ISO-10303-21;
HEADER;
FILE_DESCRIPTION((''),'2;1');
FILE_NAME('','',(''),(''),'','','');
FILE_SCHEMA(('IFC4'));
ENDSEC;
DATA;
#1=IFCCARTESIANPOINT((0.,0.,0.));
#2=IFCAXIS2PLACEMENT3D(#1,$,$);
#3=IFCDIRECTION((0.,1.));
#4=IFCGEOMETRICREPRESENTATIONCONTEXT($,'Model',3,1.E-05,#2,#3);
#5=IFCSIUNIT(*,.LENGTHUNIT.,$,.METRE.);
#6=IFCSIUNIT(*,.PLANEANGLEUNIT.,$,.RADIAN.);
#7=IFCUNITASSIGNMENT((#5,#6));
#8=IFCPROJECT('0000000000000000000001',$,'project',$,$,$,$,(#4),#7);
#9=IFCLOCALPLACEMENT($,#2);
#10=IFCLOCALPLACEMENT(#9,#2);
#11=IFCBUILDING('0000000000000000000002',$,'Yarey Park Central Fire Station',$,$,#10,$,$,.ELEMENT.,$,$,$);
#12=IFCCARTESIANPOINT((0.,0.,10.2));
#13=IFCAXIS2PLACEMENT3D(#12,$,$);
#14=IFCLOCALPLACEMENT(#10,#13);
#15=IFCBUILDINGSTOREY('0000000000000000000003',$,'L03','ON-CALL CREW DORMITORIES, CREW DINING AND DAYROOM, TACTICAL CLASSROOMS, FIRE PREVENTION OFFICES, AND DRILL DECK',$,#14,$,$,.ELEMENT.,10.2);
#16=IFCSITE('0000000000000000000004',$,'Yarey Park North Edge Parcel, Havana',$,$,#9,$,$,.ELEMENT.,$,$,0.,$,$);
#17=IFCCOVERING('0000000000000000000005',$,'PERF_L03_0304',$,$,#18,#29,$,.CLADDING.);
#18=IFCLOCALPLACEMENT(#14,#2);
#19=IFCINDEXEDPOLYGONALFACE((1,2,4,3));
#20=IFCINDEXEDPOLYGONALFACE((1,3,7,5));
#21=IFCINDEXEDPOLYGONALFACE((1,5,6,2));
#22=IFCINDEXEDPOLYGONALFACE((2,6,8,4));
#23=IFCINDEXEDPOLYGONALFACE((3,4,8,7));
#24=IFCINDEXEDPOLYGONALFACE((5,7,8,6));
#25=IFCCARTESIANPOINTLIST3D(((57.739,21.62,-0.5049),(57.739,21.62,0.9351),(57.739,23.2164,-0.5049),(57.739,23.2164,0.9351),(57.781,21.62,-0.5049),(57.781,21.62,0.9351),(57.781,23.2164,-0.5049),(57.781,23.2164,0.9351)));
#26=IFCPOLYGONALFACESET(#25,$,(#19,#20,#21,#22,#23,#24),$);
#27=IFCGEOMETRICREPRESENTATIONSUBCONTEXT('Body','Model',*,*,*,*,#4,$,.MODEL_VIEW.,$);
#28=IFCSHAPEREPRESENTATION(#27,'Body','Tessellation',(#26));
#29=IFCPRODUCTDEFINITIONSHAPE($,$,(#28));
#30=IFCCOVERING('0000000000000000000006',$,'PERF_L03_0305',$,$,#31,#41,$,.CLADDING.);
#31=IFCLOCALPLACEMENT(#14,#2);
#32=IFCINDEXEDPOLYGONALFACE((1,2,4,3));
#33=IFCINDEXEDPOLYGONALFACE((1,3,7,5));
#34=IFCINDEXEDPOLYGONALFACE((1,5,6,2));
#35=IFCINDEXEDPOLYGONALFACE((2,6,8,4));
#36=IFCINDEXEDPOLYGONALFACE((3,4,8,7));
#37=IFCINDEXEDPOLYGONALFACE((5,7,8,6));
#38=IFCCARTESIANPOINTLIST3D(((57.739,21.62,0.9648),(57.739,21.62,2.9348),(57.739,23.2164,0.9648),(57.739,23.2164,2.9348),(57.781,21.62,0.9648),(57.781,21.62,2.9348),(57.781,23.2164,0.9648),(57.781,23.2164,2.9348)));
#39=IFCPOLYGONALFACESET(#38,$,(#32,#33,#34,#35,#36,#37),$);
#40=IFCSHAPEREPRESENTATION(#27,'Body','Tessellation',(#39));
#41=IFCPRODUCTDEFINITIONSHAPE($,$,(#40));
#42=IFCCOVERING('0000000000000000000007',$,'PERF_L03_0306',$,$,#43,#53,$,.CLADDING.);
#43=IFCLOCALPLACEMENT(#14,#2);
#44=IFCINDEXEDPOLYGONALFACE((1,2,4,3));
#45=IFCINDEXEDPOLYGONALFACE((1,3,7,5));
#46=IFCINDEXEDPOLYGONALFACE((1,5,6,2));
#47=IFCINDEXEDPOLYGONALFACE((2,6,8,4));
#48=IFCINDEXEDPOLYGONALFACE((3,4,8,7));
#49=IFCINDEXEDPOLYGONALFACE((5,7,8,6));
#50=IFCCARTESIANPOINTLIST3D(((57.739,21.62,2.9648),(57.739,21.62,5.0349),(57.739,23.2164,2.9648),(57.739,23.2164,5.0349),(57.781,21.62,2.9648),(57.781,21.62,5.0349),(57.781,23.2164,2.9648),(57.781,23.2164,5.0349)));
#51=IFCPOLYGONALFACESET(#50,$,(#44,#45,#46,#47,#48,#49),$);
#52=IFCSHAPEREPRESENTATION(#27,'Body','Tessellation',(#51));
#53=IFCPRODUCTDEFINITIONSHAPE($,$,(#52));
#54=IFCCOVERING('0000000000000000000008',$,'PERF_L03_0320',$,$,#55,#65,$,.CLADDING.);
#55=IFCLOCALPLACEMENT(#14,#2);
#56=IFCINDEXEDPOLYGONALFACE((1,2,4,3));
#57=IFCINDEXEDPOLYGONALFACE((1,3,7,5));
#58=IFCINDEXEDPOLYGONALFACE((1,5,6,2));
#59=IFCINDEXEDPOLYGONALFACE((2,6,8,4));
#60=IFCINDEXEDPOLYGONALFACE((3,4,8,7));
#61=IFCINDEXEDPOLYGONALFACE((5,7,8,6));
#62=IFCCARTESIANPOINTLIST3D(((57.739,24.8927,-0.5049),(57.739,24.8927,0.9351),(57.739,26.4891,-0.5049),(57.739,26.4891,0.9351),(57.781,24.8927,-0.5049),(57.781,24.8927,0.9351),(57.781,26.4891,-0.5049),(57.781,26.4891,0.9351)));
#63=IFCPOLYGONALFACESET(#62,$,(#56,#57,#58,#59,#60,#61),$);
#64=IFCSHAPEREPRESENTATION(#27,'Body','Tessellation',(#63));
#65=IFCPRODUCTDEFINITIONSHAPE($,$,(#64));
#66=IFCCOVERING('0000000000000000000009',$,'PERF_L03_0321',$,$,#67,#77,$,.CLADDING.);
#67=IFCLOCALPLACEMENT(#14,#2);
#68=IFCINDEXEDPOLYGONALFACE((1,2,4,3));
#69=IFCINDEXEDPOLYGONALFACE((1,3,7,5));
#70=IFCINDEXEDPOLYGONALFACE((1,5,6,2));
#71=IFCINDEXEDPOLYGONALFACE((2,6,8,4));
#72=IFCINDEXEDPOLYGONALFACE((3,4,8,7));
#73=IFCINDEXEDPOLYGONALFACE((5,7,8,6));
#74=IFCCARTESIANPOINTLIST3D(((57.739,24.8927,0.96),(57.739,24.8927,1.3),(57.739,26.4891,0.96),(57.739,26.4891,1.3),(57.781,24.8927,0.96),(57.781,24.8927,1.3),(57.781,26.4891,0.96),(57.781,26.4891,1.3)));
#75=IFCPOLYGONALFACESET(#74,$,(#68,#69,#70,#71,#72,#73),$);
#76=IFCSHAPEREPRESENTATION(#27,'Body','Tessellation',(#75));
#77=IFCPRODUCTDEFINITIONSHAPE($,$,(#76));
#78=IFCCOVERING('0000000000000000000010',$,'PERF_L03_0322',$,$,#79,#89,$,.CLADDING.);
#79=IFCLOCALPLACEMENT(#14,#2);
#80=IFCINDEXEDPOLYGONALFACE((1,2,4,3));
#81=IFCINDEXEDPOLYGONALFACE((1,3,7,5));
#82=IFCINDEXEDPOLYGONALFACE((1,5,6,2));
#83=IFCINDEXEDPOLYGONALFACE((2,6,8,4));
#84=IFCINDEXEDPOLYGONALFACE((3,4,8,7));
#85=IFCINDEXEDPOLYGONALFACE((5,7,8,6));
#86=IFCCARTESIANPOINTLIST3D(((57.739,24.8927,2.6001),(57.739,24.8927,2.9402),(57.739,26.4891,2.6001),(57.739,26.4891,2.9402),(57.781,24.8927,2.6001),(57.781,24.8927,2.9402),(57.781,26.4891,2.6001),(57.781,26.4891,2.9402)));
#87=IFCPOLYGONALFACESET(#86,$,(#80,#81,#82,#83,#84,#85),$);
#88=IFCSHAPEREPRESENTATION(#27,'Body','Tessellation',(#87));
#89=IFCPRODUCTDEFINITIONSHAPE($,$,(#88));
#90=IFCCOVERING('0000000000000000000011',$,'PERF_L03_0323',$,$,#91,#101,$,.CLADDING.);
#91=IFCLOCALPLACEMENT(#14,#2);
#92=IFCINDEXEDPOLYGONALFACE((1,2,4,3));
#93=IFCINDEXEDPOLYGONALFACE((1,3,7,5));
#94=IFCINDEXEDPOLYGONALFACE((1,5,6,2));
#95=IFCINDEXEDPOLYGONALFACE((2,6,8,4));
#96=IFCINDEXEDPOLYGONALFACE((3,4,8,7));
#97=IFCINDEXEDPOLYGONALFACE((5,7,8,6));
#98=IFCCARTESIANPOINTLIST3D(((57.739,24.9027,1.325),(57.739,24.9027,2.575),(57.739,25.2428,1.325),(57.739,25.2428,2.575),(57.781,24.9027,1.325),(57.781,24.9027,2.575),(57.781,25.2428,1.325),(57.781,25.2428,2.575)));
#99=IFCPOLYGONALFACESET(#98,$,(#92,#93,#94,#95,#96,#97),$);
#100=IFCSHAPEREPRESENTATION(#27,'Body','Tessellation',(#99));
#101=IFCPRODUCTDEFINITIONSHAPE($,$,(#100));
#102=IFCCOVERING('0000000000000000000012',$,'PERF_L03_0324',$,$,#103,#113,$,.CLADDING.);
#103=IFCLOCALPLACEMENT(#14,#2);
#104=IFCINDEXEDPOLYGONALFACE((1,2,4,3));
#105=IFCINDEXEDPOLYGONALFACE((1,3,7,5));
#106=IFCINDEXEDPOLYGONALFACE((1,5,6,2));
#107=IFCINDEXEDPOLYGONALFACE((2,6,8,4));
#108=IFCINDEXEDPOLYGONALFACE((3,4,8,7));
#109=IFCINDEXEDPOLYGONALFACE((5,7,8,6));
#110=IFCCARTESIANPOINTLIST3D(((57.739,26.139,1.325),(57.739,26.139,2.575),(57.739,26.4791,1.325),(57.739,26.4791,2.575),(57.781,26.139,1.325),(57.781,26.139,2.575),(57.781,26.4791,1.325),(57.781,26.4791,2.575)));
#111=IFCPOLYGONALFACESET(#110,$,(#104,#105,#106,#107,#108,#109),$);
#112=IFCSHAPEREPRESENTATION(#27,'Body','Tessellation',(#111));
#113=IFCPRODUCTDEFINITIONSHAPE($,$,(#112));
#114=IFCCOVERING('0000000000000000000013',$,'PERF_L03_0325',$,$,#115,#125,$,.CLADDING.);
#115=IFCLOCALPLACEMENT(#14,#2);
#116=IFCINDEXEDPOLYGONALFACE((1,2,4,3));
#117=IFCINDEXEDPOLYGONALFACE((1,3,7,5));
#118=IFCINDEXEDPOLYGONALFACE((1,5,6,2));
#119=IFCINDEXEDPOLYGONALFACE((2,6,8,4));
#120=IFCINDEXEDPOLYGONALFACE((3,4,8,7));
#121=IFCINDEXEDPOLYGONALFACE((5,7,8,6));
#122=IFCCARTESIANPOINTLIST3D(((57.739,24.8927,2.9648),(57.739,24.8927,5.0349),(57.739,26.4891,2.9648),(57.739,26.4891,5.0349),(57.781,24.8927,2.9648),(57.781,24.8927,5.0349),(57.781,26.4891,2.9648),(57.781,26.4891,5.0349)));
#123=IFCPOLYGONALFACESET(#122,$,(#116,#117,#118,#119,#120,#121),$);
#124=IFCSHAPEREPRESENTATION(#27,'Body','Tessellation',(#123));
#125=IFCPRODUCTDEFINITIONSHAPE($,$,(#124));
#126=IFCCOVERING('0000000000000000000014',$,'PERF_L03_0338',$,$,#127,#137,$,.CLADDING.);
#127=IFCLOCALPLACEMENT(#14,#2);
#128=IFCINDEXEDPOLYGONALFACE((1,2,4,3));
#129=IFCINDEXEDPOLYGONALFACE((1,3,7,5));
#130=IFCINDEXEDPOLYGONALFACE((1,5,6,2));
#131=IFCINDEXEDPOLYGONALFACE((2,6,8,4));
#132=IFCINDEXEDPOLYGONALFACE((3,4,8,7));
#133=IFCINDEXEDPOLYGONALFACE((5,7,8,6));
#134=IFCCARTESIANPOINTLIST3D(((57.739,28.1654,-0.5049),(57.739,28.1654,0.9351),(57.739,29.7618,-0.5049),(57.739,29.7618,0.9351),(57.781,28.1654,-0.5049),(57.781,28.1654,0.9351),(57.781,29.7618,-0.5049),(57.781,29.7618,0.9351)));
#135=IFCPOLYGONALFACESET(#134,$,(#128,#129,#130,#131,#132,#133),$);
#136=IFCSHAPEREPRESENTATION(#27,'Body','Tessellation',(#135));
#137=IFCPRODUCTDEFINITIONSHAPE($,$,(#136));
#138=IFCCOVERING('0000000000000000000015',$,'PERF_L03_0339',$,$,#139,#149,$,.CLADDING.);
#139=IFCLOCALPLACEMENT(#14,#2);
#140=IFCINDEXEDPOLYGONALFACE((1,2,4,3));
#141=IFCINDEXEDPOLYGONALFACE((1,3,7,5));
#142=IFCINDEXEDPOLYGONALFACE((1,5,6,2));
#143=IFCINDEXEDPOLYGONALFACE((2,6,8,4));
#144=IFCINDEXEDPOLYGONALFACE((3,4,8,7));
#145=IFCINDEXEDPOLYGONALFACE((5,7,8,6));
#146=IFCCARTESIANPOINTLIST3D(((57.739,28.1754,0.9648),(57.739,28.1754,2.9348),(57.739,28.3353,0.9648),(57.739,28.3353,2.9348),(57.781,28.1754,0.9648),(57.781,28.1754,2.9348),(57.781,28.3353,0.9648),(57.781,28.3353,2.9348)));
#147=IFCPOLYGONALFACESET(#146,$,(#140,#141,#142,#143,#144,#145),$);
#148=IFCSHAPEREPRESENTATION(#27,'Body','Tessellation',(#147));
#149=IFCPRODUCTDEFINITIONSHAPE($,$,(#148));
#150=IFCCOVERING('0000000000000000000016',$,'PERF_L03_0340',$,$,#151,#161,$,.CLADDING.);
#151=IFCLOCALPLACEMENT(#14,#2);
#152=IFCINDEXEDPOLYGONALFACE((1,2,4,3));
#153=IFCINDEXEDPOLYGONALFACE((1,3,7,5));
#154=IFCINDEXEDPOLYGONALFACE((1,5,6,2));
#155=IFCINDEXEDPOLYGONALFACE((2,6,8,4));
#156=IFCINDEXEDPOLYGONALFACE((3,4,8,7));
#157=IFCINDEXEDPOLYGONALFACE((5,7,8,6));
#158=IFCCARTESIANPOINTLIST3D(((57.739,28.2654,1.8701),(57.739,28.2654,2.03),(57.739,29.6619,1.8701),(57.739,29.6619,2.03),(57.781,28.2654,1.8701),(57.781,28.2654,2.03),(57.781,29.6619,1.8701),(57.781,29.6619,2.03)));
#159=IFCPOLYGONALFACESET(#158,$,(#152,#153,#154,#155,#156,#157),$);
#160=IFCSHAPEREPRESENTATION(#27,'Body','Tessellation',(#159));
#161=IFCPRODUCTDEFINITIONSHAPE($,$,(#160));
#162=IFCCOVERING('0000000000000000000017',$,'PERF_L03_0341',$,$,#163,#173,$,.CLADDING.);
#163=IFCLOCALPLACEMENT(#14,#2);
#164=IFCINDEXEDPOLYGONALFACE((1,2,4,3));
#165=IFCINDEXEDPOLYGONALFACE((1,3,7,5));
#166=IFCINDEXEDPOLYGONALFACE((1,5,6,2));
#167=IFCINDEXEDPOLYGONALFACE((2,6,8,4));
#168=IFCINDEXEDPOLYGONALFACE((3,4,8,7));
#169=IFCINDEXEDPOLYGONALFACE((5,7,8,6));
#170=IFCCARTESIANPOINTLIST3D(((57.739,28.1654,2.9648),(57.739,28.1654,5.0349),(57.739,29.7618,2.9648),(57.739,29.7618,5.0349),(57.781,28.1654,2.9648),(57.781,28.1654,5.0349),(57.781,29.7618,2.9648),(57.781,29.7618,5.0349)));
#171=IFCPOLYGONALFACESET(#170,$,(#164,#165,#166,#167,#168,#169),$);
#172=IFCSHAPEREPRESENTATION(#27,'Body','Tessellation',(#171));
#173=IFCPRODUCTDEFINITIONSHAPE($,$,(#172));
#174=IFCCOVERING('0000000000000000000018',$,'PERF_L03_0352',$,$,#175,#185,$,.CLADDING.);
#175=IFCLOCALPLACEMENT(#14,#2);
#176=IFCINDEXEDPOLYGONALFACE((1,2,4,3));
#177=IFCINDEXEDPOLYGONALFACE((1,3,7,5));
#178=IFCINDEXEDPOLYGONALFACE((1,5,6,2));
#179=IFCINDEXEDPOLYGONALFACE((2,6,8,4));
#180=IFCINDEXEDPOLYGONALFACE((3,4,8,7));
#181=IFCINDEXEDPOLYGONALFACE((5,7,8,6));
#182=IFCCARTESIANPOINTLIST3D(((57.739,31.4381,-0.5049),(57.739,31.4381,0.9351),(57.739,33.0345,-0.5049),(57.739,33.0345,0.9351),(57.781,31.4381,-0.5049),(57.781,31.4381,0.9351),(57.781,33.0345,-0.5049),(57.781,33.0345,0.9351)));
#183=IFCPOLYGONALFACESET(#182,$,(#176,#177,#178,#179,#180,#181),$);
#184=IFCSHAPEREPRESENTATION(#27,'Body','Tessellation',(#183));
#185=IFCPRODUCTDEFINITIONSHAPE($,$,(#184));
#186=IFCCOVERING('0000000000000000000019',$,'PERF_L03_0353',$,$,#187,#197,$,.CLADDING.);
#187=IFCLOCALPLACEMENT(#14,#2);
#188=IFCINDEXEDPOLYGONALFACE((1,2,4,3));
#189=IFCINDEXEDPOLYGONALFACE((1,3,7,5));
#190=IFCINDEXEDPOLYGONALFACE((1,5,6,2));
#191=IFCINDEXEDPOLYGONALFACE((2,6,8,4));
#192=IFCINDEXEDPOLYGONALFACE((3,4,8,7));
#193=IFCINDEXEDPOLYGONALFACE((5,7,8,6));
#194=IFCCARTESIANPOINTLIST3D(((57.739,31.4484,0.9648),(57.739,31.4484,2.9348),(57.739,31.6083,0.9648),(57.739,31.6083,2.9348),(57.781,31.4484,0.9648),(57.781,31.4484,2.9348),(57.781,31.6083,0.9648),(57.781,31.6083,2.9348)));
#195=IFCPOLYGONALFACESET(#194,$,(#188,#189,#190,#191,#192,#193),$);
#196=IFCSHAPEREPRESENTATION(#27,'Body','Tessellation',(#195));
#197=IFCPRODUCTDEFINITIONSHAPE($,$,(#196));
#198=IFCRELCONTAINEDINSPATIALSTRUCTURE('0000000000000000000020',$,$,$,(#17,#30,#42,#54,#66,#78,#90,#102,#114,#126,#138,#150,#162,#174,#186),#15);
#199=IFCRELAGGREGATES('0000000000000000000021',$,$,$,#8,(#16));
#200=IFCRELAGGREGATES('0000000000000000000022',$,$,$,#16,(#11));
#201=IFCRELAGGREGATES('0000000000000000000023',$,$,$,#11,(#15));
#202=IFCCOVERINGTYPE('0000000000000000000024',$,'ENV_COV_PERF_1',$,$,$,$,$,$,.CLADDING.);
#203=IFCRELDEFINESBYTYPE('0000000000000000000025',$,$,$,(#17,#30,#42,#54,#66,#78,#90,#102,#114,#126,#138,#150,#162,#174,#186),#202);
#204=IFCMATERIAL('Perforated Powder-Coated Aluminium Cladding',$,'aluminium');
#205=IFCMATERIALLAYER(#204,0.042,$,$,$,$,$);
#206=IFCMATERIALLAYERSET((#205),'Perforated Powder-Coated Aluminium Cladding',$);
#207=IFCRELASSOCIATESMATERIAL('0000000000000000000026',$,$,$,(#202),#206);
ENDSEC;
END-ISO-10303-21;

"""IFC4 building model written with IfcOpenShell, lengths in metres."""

from ifc_helpers import new_model, si_unit, direction, frame, origin, origin_2d, place, context, subcontext, project, spatial, rectangle, extrude, material, layer, layer_set, type_object, element, save


model = new_model("IFC4")

# Units and contexts
model_context = context("Model", 3, precision=1e-05, world=origin(), true_north=direction((0.0, 1.0)))
body_context = subcontext(model_context, "Body", "Model", "MODEL_VIEW")
ifc_project = project(units=[si_unit("LENGTHUNIT", "METRE"), si_unit("PLANEANGLEUNIT", "RADIAN")], contexts=[model_context])

# Site, building, storey
site_placement = place(None, origin())
site = spatial("IfcSite", under=ifc_project, at=site_placement, Name="Yarey Park North Edge Parcel, Havana", CompositionType="ELEMENT", RefElevation=0.0)
building_placement = place(site_placement, origin())
building = spatial("IfcBuilding", under=site, at=building_placement, Name="Yarey Park Central Fire Station", CompositionType="ELEMENT")
storey_placement = place(building_placement, frame((0.0, 0.0, 10.2)))
storey = spatial("IfcBuildingStorey", under=building, at=storey_placement, Name="L03", Description="ON-CALL CREW DORMITORIES, CREW DINING AND DAYROOM, TACTICAL CLASSROOMS, FIRE PREVENTION OFFICES, AND DRILL DECK", CompositionType="ELEMENT", Elevation=10.2)

# Coverings
ifc_material = material(Name="Perforated Powder-Coated Aluminium Cladding", Category="aluminium")
ifc_layer_1 = layer(ifc_material, 0.042)
ifc_layer_set_1 = layer_set([ifc_layer_1], Name="Perforated Powder-Coated Aluminium Cladding")
covering_type_1 = type_object("IfcCoveringType", Name="ENV_COV_PERF_1", PredefinedType="CLADDING", material=ifc_layer_set_1)
covering_1_placement = place(storey_placement, frame((57.76, 22.4182, -0.5049), z_axis=(0.0, 0.0, 1.0), x_axis=(0.0, 1.0, 0.0)))
element("IfcCovering", 1, at=covering_1_placement, inside=storey, type_object=covering_type_1, Name="PERF_L03_0304", PredefinedType="CLADDING", context=body_context, shape_type="SweptSolid", body=[
    extrude(rectangle(XDim=1.5964, YDim=0.042, at=origin_2d()), origin(), (0.0, 0.0, 1.0), 1.4399),
])
covering_2_placement = place(storey_placement, frame((57.76, 22.4182, 0.9648), z_axis=(0.0, 0.0, 1.0), x_axis=(0.0, 1.0, 0.0)))
element("IfcCovering", 2, at=covering_2_placement, inside=storey, type_object=covering_type_1, Name="PERF_L03_0305", PredefinedType="CLADDING", context=body_context, shape_type="SweptSolid", body=[
    extrude(rectangle(XDim=1.5964, YDim=0.042, at=origin_2d()), origin(), (0.0, 0.0, 1.0), 1.97),
])
covering_3_placement = place(storey_placement, frame((57.76, 22.4182, 2.9648), z_axis=(0.0, 0.0, 1.0), x_axis=(0.0, 1.0, 0.0)))
element("IfcCovering", 3, at=covering_3_placement, inside=storey, type_object=covering_type_1, Name="PERF_L03_0306", PredefinedType="CLADDING", context=body_context, shape_type="SweptSolid", body=[
    extrude(rectangle(XDim=1.5964, YDim=0.042, at=origin_2d()), origin(), (0.0, 0.0, 1.0), 2.0701),
])
covering_4_placement = place(storey_placement, frame((57.76, 25.6909, -0.5049), z_axis=(0.0, 0.0, 1.0), x_axis=(0.0, 1.0, 0.0)))
element("IfcCovering", 4, at=covering_4_placement, inside=storey, type_object=covering_type_1, Name="PERF_L03_0320", PredefinedType="CLADDING", context=body_context, shape_type="SweptSolid", body=[
    extrude(rectangle(XDim=1.5964, YDim=0.042, at=origin_2d()), origin(), (0.0, 0.0, 1.0), 1.4399),
])
for number, where, z_axis, x_axis, name in (
    (5, (57.76, 25.6909, 0.96), (0.0, 0.0, 1.0), (0.0, 1.0, 0.0), "PERF_L03_0321"),
    (6, (57.76, 25.6909, 2.6001), (0.0, 0.0, 1.0), (0.0, 1.0, 0.0), "PERF_L03_0322"),
):
    element("IfcCovering", number, at=place(storey_placement, frame(where, z_axis=z_axis, x_axis=x_axis)), inside=storey, type_object=covering_type_1, Name=name, PredefinedType="CLADDING", context=body_context, shape_type="SweptSolid", body=[
        extrude(rectangle(XDim=1.5964, YDim=0.042, at=origin_2d()), origin(), (0.0, 0.0, 1.0), 0.3401),
    ])
for number, where, z_axis, x_axis, name in (
    (7, (57.76, 25.0728, 1.325), (0.0, 0.0, 1.0), (0.0, 1.0, 0.0), "PERF_L03_0323"),
    (8, (57.76, 26.3091, 1.325), (0.0, 0.0, 1.0), (0.0, 1.0, 0.0), "PERF_L03_0324"),
):
    element("IfcCovering", number, at=place(storey_placement, frame(where, z_axis=z_axis, x_axis=x_axis)), inside=storey, type_object=covering_type_1, Name=name, PredefinedType="CLADDING", context=body_context, shape_type="SweptSolid", body=[
        extrude(rectangle(XDim=0.3401, YDim=0.042, at=origin_2d()), origin(), (0.0, 0.0, 1.0), 1.25),
    ])
covering_5_placement = place(storey_placement, frame((57.76, 25.6909, 2.9648), z_axis=(0.0, 0.0, 1.0), x_axis=(0.0, 1.0, 0.0)))
element("IfcCovering", 9, at=covering_5_placement, inside=storey, type_object=covering_type_1, Name="PERF_L03_0325", PredefinedType="CLADDING", context=body_context, shape_type="SweptSolid", body=[
    extrude(rectangle(XDim=1.5964, YDim=0.042, at=origin_2d()), origin(), (0.0, 0.0, 1.0), 2.0701),
])
covering_6_placement = place(storey_placement, frame((57.76, 28.9636, -0.5049), z_axis=(0.0, 0.0, 1.0), x_axis=(0.0, 1.0, 0.0)))
element("IfcCovering", 10, at=covering_6_placement, inside=storey, type_object=covering_type_1, Name="PERF_L03_0338", PredefinedType="CLADDING", context=body_context, shape_type="SweptSolid", body=[
    extrude(rectangle(XDim=1.5964, YDim=0.042, at=origin_2d()), origin(), (0.0, 0.0, 1.0), 1.4399),
])
covering_7_placement = place(storey_placement, frame((57.76, 28.2554, 0.9648), z_axis=(0.0, 0.0, 1.0), x_axis=(0.0, 1.0, 0.0)))
element("IfcCovering", 11, at=covering_7_placement, inside=storey, type_object=covering_type_1, Name="PERF_L03_0339", PredefinedType="CLADDING", context=body_context, shape_type="SweptSolid", body=[
    extrude(rectangle(XDim=0.1599, YDim=0.042, at=origin_2d()), origin(), (0.0, 0.0, 1.0), 1.97),
])
covering_8_placement = place(storey_placement, frame((57.76, 28.9636, 1.8701), z_axis=(0.0, 0.0, 1.0), x_axis=(0.0, 1.0, 0.0)))
element("IfcCovering", 12, at=covering_8_placement, inside=storey, type_object=covering_type_1, Name="PERF_L03_0340", PredefinedType="CLADDING", context=body_context, shape_type="SweptSolid", body=[
    extrude(rectangle(XDim=1.3965, YDim=0.042, at=origin_2d()), origin(), (0.0, 0.0, 1.0), 0.1599),
])
covering_9_placement = place(storey_placement, frame((57.76, 28.9636, 2.9648), z_axis=(0.0, 0.0, 1.0), x_axis=(0.0, 1.0, 0.0)))
element("IfcCovering", 13, at=covering_9_placement, inside=storey, type_object=covering_type_1, Name="PERF_L03_0341", PredefinedType="CLADDING", context=body_context, shape_type="SweptSolid", body=[
    extrude(rectangle(XDim=1.5964, YDim=0.042, at=origin_2d()), origin(), (0.0, 0.0, 1.0), 2.0701),
])
covering_10_placement = place(storey_placement, frame((57.76, 32.2363, -0.5049), z_axis=(0.0, 0.0, 1.0), x_axis=(0.0, 1.0, 0.0)))
element("IfcCovering", 14, at=covering_10_placement, inside=storey, type_object=covering_type_1, Name="PERF_L03_0352", PredefinedType="CLADDING", context=body_context, shape_type="SweptSolid", body=[
    extrude(rectangle(XDim=1.5964, YDim=0.042, at=origin_2d()), origin(), (0.0, 0.0, 1.0), 1.4399),
])
covering_11_placement = place(storey_placement, frame((57.76, 31.5283, 0.9648), z_axis=(0.0, 0.0, 1.0), x_axis=(0.0, 1.0, 0.0)))
element("IfcCovering", 15, at=covering_11_placement, inside=storey, type_object=covering_type_1, Name="PERF_L03_0353", PredefinedType="CLADDING", context=body_context, shape_type="SweptSolid", body=[
    extrude(rectangle(XDim=0.1599, YDim=0.042, at=origin_2d()), origin(), (0.0, 0.0, 1.0), 1.97),
])

save(model, "model.ifc")
